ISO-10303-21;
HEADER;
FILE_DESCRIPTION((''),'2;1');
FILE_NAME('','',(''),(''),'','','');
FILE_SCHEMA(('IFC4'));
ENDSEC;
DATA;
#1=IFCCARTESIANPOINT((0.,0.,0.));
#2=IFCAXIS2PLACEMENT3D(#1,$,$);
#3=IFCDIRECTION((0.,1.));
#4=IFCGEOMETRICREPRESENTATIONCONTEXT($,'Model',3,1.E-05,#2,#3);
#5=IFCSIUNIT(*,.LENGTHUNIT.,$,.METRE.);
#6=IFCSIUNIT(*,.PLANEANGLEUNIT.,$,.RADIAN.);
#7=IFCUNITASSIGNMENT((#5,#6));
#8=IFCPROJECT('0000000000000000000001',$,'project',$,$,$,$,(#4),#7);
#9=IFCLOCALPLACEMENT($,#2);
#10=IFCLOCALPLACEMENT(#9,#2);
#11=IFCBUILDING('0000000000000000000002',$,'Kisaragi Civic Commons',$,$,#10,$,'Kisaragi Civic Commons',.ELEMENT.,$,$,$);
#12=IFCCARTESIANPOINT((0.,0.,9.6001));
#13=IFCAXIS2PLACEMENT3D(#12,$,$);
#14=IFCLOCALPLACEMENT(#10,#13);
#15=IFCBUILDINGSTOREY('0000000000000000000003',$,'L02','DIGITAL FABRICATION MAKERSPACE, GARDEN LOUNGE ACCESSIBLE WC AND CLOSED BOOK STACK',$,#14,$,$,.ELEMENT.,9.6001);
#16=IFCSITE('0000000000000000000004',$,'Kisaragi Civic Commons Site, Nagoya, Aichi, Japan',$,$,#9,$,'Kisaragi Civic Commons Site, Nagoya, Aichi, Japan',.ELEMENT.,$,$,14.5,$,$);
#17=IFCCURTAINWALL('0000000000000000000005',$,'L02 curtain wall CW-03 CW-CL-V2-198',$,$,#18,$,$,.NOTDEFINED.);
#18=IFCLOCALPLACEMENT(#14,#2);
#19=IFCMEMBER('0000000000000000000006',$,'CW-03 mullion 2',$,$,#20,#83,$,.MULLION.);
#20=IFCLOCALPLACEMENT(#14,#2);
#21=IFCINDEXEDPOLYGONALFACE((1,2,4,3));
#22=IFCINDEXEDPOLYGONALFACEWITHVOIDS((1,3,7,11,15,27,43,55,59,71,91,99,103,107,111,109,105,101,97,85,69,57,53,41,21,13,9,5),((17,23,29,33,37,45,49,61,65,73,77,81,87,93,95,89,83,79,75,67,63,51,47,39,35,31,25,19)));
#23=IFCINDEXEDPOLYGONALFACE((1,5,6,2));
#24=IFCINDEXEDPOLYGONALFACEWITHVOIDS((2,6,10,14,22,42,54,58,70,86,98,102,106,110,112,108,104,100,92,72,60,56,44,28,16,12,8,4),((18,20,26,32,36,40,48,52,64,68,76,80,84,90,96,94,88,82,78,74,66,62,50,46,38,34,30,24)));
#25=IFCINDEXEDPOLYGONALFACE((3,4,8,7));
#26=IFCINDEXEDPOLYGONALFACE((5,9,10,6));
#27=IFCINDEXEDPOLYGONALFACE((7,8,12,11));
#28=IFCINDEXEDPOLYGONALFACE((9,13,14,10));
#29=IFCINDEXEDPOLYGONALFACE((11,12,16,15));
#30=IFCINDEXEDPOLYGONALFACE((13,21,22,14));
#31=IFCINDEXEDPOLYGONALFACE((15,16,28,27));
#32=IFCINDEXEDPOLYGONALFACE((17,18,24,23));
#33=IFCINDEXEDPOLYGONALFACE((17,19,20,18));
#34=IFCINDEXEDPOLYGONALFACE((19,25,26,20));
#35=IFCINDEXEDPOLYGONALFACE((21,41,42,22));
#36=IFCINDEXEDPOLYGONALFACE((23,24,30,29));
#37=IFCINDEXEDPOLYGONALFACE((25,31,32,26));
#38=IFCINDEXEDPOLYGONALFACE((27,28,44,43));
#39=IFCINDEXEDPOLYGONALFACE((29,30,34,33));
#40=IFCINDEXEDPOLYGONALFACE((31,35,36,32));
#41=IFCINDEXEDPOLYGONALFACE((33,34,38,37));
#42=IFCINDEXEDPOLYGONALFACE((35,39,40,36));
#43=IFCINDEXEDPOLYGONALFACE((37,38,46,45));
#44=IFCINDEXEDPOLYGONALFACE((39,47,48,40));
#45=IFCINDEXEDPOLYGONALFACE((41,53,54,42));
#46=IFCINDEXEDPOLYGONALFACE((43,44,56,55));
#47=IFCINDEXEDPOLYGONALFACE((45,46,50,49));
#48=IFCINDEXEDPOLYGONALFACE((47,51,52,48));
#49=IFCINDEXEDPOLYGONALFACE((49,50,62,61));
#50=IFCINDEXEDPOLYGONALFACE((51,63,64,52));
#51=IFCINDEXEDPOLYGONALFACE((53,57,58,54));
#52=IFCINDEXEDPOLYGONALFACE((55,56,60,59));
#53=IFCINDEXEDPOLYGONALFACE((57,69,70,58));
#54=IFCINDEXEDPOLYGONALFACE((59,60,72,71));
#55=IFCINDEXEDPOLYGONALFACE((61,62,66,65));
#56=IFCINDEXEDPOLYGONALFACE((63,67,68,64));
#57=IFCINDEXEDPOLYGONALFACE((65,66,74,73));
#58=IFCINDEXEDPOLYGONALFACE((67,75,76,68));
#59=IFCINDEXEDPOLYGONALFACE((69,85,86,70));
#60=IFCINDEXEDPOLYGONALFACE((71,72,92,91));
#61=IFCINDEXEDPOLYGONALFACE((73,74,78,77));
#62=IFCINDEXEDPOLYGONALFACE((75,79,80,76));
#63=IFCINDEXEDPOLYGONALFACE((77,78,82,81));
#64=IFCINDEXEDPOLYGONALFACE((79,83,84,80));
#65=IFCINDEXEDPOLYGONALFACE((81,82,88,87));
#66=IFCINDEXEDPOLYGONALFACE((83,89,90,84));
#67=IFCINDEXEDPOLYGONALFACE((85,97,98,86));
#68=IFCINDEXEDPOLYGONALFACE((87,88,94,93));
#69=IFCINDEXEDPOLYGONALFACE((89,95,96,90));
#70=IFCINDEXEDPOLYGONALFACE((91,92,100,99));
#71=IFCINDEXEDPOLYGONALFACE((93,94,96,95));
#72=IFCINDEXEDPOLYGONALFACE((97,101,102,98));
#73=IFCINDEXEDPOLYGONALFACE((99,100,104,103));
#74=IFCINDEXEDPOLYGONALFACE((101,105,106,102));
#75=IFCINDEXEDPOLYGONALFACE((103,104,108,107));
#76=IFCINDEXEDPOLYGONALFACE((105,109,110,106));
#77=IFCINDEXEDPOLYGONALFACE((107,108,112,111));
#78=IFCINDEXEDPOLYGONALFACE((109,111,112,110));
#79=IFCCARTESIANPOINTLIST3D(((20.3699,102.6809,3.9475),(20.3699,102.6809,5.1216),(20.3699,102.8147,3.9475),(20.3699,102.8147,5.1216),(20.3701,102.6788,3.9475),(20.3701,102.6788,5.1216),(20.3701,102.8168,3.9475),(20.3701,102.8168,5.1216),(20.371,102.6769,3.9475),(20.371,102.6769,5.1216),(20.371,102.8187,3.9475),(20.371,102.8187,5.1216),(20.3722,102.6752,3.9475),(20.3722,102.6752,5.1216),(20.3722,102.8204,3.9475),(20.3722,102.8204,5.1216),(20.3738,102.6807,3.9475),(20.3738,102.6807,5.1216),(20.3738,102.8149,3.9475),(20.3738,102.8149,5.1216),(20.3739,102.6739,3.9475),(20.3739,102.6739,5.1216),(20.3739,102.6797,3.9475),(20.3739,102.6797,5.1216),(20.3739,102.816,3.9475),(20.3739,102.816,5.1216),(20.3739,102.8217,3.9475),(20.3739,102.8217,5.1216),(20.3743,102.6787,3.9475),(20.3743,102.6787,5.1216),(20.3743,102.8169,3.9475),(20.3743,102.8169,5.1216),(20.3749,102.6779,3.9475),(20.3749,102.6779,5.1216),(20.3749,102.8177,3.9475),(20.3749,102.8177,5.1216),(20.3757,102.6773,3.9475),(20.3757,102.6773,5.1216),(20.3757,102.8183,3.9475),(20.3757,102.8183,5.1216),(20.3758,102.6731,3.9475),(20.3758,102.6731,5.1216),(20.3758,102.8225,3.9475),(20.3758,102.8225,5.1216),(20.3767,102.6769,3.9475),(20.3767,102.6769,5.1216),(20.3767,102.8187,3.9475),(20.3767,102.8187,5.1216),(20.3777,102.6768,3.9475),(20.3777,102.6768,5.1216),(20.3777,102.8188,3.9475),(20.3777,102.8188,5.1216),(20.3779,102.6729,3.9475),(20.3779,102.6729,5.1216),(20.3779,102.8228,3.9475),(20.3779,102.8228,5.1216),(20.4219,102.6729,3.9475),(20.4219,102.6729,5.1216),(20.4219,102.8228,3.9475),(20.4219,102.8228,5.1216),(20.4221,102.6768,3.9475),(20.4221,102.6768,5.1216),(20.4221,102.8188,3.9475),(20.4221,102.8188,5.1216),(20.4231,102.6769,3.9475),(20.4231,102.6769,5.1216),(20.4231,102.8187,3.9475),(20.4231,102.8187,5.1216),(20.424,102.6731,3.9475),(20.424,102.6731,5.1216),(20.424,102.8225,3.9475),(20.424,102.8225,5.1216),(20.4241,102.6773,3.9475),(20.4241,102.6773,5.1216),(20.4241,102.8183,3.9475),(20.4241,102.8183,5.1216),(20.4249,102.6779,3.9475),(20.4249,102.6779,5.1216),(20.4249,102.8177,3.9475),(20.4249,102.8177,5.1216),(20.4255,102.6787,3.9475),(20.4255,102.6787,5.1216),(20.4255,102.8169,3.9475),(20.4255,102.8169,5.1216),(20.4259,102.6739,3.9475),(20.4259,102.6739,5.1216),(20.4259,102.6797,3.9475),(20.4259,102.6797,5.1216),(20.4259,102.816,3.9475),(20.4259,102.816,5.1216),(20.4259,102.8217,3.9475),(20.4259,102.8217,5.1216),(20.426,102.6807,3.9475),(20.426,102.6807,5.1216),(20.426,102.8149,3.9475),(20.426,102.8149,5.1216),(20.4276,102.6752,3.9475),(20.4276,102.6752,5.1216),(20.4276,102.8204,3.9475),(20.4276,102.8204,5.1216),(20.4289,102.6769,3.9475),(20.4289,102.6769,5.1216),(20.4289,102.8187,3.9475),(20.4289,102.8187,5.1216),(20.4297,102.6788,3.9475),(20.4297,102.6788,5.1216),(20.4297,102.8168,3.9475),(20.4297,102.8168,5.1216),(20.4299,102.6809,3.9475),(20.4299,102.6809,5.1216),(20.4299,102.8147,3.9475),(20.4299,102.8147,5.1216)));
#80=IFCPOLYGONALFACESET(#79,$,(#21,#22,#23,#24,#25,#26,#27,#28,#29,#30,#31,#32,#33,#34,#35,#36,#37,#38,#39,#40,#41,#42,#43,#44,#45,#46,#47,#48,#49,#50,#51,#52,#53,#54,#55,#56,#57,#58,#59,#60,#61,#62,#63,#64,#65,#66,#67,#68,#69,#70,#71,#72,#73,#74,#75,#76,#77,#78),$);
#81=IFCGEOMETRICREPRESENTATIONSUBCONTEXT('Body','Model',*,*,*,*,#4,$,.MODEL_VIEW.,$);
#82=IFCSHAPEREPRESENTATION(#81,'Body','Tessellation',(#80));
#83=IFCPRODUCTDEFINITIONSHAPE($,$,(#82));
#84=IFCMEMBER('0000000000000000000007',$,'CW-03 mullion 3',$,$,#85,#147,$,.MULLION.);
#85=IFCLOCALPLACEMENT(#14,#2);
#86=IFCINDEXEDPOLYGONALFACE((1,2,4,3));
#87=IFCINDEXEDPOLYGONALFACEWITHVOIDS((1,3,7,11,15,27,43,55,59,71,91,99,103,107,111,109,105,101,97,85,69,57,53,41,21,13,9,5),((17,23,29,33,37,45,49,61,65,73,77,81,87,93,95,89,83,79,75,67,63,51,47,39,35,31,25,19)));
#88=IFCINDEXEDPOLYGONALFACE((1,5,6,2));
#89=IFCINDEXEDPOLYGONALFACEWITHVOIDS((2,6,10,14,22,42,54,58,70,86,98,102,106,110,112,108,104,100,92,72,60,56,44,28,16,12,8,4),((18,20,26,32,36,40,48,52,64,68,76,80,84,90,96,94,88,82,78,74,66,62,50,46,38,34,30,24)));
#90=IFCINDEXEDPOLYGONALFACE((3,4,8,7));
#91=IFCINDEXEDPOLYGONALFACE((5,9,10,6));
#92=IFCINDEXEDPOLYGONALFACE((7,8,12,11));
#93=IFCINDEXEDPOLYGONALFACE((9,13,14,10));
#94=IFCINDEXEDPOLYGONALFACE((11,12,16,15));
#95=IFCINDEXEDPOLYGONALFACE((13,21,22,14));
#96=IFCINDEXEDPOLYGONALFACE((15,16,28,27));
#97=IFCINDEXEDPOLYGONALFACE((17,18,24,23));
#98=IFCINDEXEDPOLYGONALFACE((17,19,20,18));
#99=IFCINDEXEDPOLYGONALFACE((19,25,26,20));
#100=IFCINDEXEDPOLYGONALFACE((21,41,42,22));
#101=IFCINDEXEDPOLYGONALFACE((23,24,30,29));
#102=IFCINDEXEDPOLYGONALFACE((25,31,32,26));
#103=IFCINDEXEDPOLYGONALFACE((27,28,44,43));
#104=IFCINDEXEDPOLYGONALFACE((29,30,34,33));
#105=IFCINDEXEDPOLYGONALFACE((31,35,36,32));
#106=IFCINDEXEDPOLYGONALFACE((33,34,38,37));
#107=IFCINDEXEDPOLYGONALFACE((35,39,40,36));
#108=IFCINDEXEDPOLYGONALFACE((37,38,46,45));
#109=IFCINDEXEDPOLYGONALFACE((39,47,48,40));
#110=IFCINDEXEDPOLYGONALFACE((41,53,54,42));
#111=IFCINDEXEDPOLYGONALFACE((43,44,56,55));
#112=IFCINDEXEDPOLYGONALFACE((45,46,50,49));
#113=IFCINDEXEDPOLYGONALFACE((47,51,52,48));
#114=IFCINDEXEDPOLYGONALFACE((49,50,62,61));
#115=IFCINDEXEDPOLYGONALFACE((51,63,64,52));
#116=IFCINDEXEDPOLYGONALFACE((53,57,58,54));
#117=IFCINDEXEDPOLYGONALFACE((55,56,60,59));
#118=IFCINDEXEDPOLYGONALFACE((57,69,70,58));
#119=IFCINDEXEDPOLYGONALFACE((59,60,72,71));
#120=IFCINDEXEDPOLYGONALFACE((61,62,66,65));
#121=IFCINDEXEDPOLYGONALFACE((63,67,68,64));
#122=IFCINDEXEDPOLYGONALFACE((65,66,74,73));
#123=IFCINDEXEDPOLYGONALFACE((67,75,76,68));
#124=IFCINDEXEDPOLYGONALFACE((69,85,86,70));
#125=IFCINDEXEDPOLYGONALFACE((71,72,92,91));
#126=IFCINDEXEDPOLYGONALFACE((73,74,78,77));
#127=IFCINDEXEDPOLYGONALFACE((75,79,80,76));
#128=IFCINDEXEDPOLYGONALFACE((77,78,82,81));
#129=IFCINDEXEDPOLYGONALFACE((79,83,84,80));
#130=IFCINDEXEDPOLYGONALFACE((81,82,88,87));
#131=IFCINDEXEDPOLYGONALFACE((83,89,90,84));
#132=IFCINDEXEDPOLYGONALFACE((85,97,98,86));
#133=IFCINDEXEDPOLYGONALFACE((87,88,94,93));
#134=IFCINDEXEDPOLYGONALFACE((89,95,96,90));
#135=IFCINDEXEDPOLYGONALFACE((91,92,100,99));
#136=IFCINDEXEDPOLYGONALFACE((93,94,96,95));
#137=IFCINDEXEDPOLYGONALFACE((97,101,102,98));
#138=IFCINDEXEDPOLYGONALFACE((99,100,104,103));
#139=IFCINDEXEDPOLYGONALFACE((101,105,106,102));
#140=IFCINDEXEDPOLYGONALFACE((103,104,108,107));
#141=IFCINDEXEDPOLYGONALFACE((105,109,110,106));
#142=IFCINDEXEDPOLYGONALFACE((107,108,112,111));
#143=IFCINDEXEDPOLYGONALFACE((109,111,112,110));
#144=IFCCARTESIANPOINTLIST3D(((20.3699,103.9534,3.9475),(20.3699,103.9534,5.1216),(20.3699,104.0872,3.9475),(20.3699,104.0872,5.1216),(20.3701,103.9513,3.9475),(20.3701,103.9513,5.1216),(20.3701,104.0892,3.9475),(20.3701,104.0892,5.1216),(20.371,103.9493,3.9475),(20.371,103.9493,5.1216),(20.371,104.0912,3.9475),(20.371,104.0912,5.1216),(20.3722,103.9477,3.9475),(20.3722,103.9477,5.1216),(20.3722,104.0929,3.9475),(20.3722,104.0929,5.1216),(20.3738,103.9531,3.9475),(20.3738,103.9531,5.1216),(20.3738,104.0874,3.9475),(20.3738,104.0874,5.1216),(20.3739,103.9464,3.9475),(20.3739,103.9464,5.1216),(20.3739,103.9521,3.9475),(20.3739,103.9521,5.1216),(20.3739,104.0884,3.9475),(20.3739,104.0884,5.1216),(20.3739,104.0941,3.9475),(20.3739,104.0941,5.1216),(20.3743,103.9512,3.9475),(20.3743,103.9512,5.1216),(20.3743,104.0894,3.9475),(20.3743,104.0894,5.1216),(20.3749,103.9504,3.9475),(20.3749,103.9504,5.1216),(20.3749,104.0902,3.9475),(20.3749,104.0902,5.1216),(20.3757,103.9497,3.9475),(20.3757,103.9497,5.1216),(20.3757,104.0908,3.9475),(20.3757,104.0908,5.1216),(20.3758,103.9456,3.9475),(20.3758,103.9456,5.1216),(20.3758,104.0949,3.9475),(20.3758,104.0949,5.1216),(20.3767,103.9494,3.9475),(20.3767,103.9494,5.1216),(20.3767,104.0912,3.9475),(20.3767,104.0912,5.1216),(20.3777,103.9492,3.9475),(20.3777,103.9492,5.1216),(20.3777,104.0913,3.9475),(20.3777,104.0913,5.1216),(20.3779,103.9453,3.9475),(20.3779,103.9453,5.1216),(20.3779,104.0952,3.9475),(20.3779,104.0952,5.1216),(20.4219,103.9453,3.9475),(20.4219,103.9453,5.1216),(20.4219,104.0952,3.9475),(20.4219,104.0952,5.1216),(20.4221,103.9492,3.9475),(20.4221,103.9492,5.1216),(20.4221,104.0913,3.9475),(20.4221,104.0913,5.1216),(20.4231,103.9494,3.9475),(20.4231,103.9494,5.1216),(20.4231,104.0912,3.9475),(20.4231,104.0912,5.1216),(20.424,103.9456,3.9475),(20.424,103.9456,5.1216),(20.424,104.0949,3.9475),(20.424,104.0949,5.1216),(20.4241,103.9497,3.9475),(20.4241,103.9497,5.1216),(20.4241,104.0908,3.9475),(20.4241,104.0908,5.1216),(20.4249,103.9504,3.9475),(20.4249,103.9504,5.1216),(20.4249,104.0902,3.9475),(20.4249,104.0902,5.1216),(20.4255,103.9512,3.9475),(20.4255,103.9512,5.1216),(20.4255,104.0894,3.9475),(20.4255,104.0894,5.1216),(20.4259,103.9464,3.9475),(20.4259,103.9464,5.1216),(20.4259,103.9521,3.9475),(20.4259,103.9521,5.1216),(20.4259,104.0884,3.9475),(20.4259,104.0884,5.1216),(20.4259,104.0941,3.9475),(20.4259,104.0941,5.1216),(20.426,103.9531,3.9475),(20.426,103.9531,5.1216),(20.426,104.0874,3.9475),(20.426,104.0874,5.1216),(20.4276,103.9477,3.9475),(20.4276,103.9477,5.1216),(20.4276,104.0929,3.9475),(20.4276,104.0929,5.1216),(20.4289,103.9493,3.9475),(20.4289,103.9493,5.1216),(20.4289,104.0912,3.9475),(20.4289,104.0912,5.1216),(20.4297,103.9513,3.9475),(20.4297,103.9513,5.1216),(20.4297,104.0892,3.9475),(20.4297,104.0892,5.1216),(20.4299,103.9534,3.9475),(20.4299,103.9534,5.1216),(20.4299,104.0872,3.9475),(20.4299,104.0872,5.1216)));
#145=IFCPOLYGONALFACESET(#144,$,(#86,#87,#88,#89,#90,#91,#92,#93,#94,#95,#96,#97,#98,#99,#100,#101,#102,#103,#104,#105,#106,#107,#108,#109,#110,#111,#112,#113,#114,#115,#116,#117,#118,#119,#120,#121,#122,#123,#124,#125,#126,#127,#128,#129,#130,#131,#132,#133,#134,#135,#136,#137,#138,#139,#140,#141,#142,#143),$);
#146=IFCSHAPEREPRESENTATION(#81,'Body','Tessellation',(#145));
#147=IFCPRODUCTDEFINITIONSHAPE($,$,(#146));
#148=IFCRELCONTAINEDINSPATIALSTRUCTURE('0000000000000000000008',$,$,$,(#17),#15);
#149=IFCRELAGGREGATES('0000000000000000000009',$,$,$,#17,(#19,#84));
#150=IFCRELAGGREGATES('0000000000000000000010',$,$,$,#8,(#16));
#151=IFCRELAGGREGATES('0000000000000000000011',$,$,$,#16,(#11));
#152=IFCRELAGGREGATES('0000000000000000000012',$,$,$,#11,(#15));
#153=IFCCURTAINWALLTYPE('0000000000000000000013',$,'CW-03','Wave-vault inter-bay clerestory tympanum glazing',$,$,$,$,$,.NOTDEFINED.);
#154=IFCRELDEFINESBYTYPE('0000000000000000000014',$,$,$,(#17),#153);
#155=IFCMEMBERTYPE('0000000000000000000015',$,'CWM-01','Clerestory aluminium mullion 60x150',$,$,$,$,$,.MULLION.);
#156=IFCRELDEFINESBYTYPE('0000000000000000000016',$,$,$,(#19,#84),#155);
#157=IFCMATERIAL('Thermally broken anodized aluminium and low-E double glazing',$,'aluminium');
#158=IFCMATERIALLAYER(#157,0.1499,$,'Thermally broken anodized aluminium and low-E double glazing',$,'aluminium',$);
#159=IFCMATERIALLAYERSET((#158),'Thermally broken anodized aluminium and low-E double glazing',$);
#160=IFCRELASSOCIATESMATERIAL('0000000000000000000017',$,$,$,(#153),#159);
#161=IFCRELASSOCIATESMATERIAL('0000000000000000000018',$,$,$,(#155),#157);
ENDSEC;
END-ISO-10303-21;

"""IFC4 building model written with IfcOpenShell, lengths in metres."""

from ifc_helpers import new_model, si_unit, direction, frame, origin, origin_2d, place, context, subcontext, project, spatial, hollow_rectangle, extrude, material, layer, layer_set, material_profile, profile_set, type_object, element, aggregate, save


model = new_model("IFC4")

# Units and contexts
model_context = context("Model", 3, precision=1e-05, world=origin(), true_north=direction((0.0, 1.0)))
body_context = subcontext(model_context, "Body", "Model", "MODEL_VIEW")
ifc_project = project(units=[si_unit("LENGTHUNIT", "METRE"), si_unit("PLANEANGLEUNIT", "RADIAN")], contexts=[model_context])

# Site, building, storey
site_placement = place(None, origin())
site = spatial("IfcSite", under=ifc_project, at=site_placement, Name="Kisaragi Civic Commons Site, Nagoya, Aichi, Japan", LongName="Kisaragi Civic Commons Site, Nagoya, Aichi, Japan", CompositionType="ELEMENT", RefElevation=14.5)
building_placement = place(site_placement, origin())
building = spatial("IfcBuilding", under=site, at=building_placement, Name="Kisaragi Civic Commons", LongName="Kisaragi Civic Commons", CompositionType="ELEMENT")
storey_placement = place(building_placement, frame((0.0, 0.0, 9.6001)))
storey = spatial("IfcBuildingStorey", under=building, at=storey_placement, Name="L02", Description="DIGITAL FABRICATION MAKERSPACE, GARDEN LOUNGE ACCESSIBLE WC AND CLOSED BOOK STACK", CompositionType="ELEMENT", Elevation=9.6001)

# Curtain wall, members
ifc_material_1 = material(Name="Thermally broken anodized aluminium and low-E double glazing", Category="aluminium")
ifc_layer_1 = layer(ifc_material_1, 0.1499, Name="Thermally broken anodized aluminium and low-E double glazing", Category="aluminium")
ifc_layer_set_1 = layer_set([ifc_layer_1], Name="Thermally broken anodized aluminium and low-E double glazing")
curtain_wall_type = type_object("IfcCurtainWallType", Name="CW-03", Description="Wave-vault inter-bay clerestory tympanum glazing", PredefinedType="NOTDEFINED", material=ifc_layer_set_1)
curtain_wall_1_placement = place(storey_placement, origin())
curtain_wall_1 = element("IfcCurtainWall", 1, at=curtain_wall_1_placement, inside=storey, type_object=curtain_wall_type, Name="L02 curtain wall CW-03 CW-CL-V2-198", PredefinedType="NOTDEFINED")
ifc_material_profile_1 = material_profile(ifc_material_1, hollow_rectangle(XDim=0.0601, YDim=0.1499, WallThickness=0.0039, InnerFilletRadius=0.0039, OuterFilletRadius=0.0081, at=origin_2d()), Name="CWM-60x150x4", Category="aluminium")
ifc_profile_set_1 = profile_set([ifc_material_profile_1], Name="Thermally broken anodized aluminium and low-E double glazing")
member_type_1 = type_object("IfcMemberType", Name="CWM-01", Description="Clerestory aluminium mullion 60x150", PredefinedType="MULLION", material=ifc_profile_set_1)
member_1_placement = place(storey_placement, frame((20.3999, 102.7478, 3.9475), z_axis=(0.0, 0.0, 1.0), x_axis=(-1.0, 0.0, 0.0)))
member_1 = element("IfcMember", 2, at=member_1_placement, type_object=member_type_1, Name="CW-03 mullion 2", PredefinedType="MULLION", context=body_context, shape_type="SweptSolid", body=[
    extrude(hollow_rectangle(XDim=0.0601, YDim=0.1499, WallThickness=0.0039, InnerFilletRadius=0.0039, OuterFilletRadius=0.0081, at=origin_2d()), origin(), (0.0, 0.0, 1.0), 1.1741),
])
member_2_placement = place(storey_placement, frame((20.3999, 104.0203, 3.9475), z_axis=(0.0, 0.0, 1.0), x_axis=(-1.0, 0.0, 0.0)))
member_2 = element("IfcMember", 3, at=member_2_placement, type_object=member_type_1, Name="CW-03 mullion 3", PredefinedType="MULLION", context=body_context, shape_type="SweptSolid", body=[
    extrude(hollow_rectangle(XDim=0.0601, YDim=0.1499, WallThickness=0.0039, InnerFilletRadius=0.0039, OuterFilletRadius=0.0081, at=origin_2d()), origin(), (0.0, 0.0, 1.0), 1.1741),
])

aggregate(curtain_wall_1, [member_1, member_2])

save(model, "model.ifc")
